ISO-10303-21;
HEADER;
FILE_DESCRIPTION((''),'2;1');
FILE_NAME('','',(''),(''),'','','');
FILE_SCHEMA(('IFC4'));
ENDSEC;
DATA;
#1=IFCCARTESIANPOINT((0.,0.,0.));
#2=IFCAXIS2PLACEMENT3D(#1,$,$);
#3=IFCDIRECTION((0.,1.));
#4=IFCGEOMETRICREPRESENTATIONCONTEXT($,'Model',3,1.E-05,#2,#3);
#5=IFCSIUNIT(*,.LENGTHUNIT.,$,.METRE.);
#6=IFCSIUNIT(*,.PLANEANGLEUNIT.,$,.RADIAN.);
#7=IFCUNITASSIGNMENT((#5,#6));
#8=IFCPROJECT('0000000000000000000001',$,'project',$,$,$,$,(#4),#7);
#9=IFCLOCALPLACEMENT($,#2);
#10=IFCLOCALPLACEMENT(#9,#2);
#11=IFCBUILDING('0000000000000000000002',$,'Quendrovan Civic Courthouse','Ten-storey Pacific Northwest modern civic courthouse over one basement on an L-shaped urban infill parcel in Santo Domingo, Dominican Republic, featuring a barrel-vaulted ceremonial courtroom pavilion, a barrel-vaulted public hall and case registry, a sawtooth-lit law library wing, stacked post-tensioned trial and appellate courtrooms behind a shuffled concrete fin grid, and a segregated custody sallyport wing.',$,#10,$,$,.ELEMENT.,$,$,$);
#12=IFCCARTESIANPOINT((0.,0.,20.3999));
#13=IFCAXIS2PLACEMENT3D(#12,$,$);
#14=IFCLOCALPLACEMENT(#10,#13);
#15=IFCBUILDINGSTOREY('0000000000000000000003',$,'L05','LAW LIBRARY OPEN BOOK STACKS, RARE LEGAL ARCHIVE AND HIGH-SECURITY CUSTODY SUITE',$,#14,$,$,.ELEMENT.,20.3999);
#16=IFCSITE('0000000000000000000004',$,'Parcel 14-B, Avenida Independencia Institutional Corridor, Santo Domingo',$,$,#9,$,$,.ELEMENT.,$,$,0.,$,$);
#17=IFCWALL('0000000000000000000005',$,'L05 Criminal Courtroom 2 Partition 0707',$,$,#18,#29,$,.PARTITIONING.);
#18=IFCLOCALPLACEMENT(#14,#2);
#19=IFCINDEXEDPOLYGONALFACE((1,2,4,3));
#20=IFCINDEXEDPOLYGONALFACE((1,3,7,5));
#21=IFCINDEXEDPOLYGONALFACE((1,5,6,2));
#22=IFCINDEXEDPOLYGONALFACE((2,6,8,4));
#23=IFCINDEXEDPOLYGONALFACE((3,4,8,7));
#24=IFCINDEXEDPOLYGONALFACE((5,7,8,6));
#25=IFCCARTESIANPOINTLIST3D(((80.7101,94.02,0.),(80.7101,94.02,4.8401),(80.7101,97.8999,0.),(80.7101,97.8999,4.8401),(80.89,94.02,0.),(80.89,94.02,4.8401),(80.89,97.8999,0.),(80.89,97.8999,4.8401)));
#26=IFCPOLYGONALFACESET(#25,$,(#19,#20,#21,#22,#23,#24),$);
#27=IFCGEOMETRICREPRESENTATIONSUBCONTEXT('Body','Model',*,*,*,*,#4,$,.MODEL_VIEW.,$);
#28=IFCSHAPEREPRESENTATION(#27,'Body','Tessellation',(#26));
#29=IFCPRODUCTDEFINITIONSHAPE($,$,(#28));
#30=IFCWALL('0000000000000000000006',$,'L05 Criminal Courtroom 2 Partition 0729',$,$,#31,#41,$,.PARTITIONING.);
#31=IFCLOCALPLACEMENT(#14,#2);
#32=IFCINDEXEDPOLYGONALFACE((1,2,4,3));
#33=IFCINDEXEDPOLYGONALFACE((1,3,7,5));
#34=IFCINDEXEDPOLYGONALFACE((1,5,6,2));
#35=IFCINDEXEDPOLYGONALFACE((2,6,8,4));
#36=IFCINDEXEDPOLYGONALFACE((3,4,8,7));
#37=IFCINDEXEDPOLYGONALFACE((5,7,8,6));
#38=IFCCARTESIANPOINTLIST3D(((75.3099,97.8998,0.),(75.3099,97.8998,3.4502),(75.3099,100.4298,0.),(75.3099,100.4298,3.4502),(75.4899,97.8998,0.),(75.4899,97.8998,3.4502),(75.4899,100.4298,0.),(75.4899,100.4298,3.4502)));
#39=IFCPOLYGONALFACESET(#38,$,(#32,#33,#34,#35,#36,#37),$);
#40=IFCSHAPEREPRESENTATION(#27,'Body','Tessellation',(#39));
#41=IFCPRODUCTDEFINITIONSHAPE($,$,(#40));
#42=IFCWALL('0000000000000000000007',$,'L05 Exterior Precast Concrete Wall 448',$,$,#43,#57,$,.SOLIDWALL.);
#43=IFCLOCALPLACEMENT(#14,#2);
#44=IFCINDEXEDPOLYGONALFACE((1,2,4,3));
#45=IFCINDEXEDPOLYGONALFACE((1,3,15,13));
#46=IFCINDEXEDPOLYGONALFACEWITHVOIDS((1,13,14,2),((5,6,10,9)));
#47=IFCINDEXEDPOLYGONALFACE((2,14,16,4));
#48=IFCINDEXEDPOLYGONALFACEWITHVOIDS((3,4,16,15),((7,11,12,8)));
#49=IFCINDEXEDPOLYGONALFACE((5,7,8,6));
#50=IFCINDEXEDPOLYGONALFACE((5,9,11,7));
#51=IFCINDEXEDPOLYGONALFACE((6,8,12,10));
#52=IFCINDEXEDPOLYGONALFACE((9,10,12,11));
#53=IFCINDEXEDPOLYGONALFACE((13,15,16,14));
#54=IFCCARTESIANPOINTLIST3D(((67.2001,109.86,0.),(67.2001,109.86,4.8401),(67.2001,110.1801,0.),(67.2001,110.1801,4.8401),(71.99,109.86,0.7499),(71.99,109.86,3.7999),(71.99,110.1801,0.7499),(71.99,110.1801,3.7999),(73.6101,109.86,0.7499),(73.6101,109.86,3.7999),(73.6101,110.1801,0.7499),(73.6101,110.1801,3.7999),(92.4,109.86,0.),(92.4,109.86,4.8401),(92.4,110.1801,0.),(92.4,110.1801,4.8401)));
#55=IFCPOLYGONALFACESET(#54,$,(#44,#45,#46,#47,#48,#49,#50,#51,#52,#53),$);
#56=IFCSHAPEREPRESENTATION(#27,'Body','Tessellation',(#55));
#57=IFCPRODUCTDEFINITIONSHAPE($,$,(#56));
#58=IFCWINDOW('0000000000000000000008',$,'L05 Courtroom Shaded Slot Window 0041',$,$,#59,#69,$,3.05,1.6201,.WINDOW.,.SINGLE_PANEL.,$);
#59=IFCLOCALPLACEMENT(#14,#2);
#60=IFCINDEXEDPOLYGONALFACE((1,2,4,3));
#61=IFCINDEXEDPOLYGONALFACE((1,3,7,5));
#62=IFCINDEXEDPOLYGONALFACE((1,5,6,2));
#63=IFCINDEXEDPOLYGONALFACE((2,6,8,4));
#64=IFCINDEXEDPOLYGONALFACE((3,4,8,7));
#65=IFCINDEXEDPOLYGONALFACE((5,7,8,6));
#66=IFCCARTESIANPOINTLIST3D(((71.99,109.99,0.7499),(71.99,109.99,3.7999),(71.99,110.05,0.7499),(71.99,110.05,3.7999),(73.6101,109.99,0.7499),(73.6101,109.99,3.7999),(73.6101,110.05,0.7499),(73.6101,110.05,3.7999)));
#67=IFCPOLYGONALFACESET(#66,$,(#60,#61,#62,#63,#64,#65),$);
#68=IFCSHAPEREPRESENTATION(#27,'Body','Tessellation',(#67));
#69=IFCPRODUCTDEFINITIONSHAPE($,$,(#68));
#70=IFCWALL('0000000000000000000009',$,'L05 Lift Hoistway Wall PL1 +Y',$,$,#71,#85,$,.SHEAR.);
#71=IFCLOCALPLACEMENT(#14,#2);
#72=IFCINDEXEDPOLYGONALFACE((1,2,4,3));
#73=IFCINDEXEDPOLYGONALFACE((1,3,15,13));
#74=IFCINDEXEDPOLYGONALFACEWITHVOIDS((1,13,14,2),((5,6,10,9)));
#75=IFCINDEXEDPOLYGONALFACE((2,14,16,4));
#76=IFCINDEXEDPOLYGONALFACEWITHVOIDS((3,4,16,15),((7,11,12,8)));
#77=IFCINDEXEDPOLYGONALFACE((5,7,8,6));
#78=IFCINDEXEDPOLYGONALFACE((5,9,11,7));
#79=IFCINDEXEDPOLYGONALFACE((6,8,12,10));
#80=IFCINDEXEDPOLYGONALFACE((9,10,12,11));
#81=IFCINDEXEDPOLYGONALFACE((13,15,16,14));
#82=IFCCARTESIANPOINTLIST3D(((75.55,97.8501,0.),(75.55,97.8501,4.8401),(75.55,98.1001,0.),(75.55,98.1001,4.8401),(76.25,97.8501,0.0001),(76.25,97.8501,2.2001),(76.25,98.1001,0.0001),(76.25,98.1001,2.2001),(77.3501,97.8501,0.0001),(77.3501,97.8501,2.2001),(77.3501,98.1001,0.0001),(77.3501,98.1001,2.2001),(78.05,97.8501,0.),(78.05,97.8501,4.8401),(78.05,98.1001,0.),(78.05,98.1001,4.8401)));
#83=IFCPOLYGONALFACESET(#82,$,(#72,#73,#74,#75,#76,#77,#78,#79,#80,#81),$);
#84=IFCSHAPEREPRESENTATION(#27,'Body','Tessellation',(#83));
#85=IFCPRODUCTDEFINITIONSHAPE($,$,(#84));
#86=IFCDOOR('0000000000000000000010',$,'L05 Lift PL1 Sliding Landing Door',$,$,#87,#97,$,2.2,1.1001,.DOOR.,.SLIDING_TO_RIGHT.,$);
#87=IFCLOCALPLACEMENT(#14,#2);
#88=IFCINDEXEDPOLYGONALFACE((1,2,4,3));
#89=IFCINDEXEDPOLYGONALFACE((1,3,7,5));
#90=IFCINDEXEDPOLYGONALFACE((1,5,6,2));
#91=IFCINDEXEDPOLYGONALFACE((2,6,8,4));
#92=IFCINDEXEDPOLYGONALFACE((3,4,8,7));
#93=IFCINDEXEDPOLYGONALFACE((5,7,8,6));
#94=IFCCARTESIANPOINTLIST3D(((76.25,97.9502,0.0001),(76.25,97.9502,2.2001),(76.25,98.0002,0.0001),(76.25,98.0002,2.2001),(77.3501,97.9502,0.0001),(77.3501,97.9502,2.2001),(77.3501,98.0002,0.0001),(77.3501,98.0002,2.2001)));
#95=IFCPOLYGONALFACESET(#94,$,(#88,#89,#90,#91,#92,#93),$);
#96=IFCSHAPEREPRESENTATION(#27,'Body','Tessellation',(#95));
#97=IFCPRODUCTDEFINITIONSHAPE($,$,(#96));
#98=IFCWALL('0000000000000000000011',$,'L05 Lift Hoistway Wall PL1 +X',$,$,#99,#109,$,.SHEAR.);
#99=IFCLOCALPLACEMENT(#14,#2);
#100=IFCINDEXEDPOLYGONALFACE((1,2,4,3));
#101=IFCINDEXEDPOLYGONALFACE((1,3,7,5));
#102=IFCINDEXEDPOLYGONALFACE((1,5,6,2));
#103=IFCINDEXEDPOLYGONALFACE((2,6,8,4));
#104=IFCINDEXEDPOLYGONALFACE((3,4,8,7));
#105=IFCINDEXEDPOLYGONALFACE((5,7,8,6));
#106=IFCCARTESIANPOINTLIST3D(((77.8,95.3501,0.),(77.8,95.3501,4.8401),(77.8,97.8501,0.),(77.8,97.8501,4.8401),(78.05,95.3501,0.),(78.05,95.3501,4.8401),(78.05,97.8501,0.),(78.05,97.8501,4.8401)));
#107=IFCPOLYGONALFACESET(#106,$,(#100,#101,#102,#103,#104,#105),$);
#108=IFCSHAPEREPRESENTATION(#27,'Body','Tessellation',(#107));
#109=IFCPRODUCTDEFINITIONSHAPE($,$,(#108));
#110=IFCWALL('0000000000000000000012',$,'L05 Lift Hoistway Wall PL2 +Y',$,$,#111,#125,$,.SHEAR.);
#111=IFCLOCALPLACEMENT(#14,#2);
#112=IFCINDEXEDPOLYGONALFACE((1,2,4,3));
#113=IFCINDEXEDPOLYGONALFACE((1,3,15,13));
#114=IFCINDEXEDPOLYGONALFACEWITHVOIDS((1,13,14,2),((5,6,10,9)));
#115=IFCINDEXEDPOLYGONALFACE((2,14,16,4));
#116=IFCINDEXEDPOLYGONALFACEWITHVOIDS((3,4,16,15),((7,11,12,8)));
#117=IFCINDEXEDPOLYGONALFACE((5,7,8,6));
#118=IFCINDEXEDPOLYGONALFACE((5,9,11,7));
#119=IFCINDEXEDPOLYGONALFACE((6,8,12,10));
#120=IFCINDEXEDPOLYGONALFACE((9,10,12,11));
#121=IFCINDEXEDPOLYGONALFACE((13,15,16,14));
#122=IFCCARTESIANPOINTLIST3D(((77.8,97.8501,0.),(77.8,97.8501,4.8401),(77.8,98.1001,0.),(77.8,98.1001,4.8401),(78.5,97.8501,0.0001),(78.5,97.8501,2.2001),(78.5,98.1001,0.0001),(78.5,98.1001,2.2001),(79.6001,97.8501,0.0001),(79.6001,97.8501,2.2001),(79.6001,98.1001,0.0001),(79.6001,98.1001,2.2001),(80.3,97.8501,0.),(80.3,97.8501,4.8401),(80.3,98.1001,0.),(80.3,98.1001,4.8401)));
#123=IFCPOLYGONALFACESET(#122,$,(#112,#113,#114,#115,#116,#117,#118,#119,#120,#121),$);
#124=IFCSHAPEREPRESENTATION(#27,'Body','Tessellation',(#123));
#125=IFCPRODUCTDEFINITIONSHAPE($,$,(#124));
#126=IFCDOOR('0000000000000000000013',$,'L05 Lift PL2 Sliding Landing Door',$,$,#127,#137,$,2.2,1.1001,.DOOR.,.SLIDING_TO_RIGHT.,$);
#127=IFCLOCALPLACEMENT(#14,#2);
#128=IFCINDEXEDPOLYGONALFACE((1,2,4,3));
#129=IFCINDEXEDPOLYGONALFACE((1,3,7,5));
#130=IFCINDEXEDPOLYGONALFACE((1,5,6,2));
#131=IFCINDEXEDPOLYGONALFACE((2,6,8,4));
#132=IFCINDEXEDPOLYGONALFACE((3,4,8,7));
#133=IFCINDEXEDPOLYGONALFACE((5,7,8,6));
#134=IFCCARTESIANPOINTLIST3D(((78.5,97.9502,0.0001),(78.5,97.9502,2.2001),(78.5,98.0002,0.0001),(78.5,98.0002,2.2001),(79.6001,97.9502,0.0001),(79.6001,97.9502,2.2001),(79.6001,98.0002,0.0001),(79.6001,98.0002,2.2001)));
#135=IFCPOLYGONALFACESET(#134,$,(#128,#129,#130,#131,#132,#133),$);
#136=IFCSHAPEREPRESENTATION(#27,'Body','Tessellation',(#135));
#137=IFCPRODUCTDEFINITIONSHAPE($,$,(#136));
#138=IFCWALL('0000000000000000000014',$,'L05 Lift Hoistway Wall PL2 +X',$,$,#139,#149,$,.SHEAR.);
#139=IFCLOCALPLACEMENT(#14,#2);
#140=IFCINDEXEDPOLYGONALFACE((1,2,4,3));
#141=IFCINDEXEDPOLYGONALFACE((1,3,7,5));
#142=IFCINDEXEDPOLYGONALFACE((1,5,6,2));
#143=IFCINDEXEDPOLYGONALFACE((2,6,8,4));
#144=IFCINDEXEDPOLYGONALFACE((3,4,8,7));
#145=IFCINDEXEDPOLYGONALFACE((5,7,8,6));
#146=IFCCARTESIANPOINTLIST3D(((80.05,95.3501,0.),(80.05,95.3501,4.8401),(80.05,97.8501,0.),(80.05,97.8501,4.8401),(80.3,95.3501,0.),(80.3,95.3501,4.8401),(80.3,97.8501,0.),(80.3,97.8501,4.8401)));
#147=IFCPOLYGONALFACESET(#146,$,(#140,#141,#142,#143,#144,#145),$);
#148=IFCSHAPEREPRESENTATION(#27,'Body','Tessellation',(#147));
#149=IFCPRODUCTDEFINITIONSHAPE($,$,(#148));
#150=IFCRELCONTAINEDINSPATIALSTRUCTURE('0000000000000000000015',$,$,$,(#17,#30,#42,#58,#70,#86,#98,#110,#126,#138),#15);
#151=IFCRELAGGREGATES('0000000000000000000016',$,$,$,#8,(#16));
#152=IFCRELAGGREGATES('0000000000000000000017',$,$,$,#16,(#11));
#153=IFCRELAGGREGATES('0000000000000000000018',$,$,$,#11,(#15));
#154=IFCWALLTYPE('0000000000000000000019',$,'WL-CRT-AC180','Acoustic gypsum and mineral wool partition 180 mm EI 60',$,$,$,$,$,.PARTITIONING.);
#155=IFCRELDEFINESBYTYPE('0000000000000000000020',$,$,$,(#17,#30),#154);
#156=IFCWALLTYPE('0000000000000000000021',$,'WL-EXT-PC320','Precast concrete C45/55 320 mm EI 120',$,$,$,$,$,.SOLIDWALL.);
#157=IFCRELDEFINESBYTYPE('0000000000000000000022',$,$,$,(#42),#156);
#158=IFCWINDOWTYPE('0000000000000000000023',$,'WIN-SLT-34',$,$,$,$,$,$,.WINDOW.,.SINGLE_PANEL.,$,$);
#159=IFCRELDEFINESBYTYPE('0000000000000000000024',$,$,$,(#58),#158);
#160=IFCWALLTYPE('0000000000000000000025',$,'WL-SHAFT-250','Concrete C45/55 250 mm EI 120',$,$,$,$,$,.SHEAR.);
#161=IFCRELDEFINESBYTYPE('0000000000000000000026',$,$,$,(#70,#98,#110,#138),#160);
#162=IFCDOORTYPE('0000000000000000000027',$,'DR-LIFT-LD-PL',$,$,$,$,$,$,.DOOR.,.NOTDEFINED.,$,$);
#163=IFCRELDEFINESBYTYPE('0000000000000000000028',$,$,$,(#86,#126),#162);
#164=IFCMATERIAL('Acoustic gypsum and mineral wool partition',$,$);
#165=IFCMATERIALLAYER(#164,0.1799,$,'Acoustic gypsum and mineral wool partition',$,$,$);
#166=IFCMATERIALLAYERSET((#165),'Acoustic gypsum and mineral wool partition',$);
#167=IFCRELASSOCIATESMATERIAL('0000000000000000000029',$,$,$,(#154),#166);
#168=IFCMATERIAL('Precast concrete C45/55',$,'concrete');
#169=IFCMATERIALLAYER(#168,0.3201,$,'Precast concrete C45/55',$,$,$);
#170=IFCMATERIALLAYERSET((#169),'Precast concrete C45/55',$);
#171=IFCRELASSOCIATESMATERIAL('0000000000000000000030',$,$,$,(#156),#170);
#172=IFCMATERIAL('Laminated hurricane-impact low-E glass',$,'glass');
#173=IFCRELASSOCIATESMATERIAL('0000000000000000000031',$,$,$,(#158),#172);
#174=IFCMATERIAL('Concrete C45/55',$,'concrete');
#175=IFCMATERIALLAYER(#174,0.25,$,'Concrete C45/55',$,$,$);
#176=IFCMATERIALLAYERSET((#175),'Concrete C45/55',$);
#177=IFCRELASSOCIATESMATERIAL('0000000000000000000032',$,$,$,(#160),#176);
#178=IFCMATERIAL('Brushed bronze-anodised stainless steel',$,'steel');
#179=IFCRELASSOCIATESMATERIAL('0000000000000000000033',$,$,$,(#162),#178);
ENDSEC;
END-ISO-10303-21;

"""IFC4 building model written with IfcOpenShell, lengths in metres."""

from ifc_helpers import new_model, si_unit, direction, frame, frame_2d, origin, place, context, subcontext, project, spatial, rectangle, extrude, material, layer, layer_set, type_object, element, fill, save


model = new_model("IFC4")

# Units and contexts
model_context = context("Model", 3, precision=1e-05, world=origin(), true_north=direction((0.0, 1.0)))
body_context = subcontext(model_context, "Body", "Model", "MODEL_VIEW")
ifc_project = project(units=[si_unit("LENGTHUNIT", "METRE"), si_unit("PLANEANGLEUNIT", "RADIAN")], contexts=[model_context])

# Site, building, storey
site_placement = place(None, origin())
site = spatial("IfcSite", under=ifc_project, at=site_placement, Name="Parcel 14-B, Avenida Independencia Institutional Corridor, Santo Domingo", CompositionType="ELEMENT", RefElevation=0.0)
building_placement = place(site_placement, origin())
building = spatial("IfcBuilding", under=site, at=building_placement, Name="Quendrovan Civic Courthouse", Description="Ten-storey Pacific Northwest modern civic courthouse over one basement on an L-shaped urban infill parcel in Santo Domingo, Dominican Republic, featuring a barrel-vaulted ceremonial courtroom pavilion, a barrel-vaulted public hall and case registry, a sawtooth-lit law library wing, stacked post-tensioned trial and appellate courtrooms behind a shuffled concrete fin grid, and a segregated custody sallyport wing.", CompositionType="ELEMENT")
storey_placement = place(building_placement, frame((0.0, 0.0, 20.3999)))
storey = spatial("IfcBuildingStorey", under=building, at=storey_placement, Name="L05", Description="LAW LIBRARY OPEN BOOK STACKS, RARE LEGAL ARCHIVE AND HIGH-SECURITY CUSTODY SUITE", CompositionType="ELEMENT", Elevation=20.3999)

# Shared definitions
ifc_material_1 = material(Name="Concrete C45/55", Category="concrete")

# Shared definitions
ifc_material_2 = material(Name="Precast concrete C45/55", Category="concrete")

# Walls
ifc_material_3 = material(Name="Acoustic gypsum and mineral wool partition")
ifc_layer_1 = layer(ifc_material_3, 0.1799, Name="Acoustic gypsum and mineral wool partition")
ifc_layer_set_1 = layer_set([ifc_layer_1], Name="Acoustic gypsum and mineral wool partition")
wall_type_1 = type_object("IfcWallType", Name="WL-CRT-AC180", Description="Acoustic gypsum and mineral wool partition 180 mm EI 60", PredefinedType="PARTITIONING", material=ifc_layer_set_1)
wall_1_placement = place(storey_placement, frame((80.8, 97.8999, 0.0), z_axis=(0.0, 0.0, 1.0), x_axis=(0.0, -1.0, 0.0)))
element("IfcWall", 1, at=wall_1_placement, inside=storey, type_object=wall_type_1, Name="L05 Criminal Courtroom 2 Partition 0707", PredefinedType="PARTITIONING", context=body_context, shape_type="SweptSolid", body=[
    extrude(rectangle(XDim=3.8799, YDim=0.1799, at=frame_2d((1.9399, 0.0))), origin(), (0.0, 0.0, 1.0), 4.8401),
])
wall_2_placement = place(storey_placement, frame((75.3999, 100.4299, 0.0), z_axis=(0.0, 0.0, 1.0), x_axis=(0.0, -1.0, 0.0)))
element("IfcWall", 2, at=wall_2_placement, inside=storey, type_object=wall_type_1, Name="L05 Criminal Courtroom 2 Partition 0729", PredefinedType="PARTITIONING", context=body_context, shape_type="SweptSolid", body=[
    extrude(rectangle(XDim=2.53, YDim=0.1799, at=frame_2d((1.2651, 0.0))), origin(), (0.0, 0.0, 1.0), 3.4502),
])

# Wall, opening, window
ifc_layer_2 = layer(ifc_material_2, 0.3201, Name="Precast concrete C45/55")
ifc_layer_set_2 = layer_set([ifc_layer_2], Name="Precast concrete C45/55")
wall_type_2 = type_object("IfcWallType", Name="WL-EXT-PC320", Description="Precast concrete C45/55 320 mm EI 120", PredefinedType="SOLIDWALL", material=ifc_layer_set_2)
wall_3_placement = place(storey_placement, frame((67.2, 110.02, 0.0), z_axis=(0.0, 0.0, 1.0), x_axis=(1.0, 0.0, 0.0)))
wall_3 = element("IfcWall", 3, at=wall_3_placement, inside=storey, type_object=wall_type_2, Name="L05 Exterior Precast Concrete Wall 448", PredefinedType="SOLIDWALL", context=body_context, shape_type="SweptSolid", body=[
    extrude(rectangle(XDim=25.2, YDim=0.3201, at=frame_2d((12.6001, 0.0))), origin(), (0.0, 0.0, 1.0), 4.8401),
])
opening_1_placement = place(wall_3_placement, frame((4.79, 0.0, 0.75)))
opening_1 = element("IfcOpeningElement", 4, at=opening_1_placement, cuts=wall_3, PredefinedType="OPENING", context=body_context, shape_type="SweptSolid", body=[
    extrude(rectangle(XDim=1.6201, YDim=3.05, at=frame_2d((0.8101, 1.5249))), frame((0.0, 0.1699, 0.0), z_axis=(0.0, -1.0, 0.0), x_axis=(1.0, 0.0, 0.0)), (0.0, 0.0, 1.0), 0.3401),
])
ifc_material_4 = material(Name="Laminated hurricane-impact low-E glass", Category="glass")
window_type = type_object("IfcWindowType", Name="WIN-SLT-34", PartitioningType="SINGLE_PANEL", PredefinedType="WINDOW", material=ifc_material_4)
window_placement = place(opening_1_placement, origin())
window = element("IfcWindow", 5, at=window_placement, inside=storey, type_object=window_type, Name="L05 Courtroom Shaded Slot Window 0041", OverallHeight=3.05, OverallWidth=1.6201, PartitioningType="SINGLE_PANEL", PredefinedType="WINDOW", context=body_context, shape_type="SweptSolid", body=[
    extrude(rectangle(XDim=1.6201, YDim=3.05, at=frame_2d((0.8101, 1.5249))), frame((0.0, 0.03, 0.0), z_axis=(0.0, -1.0, 0.0), x_axis=(1.0, 0.0, 0.0)), (0.0, 0.0, 1.0), 0.0601),
])
fill(opening_1, window)

# Wall, opening, door
ifc_layer_3 = layer(ifc_material_1, 0.25, Name="Concrete C45/55")
ifc_layer_set_3 = layer_set([ifc_layer_3], Name="Concrete C45/55")
wall_type_3 = type_object("IfcWallType", Name="WL-SHAFT-250", Description="Concrete C45/55 250 mm EI 120", PredefinedType="SHEAR", material=ifc_layer_set_3)
wall_4_placement = place(storey_placement, frame((78.05, 97.9751, 0.0), z_axis=(0.0, 0.0, 1.0), x_axis=(-1.0, 0.0, 0.0)))
wall_4 = element("IfcWall", 6, at=wall_4_placement, inside=storey, type_object=wall_type_3, Name="L05 Lift Hoistway Wall PL1 +Y", PredefinedType="SHEAR", context=body_context, shape_type="SweptSolid", body=[
    extrude(rectangle(XDim=2.5, YDim=0.25, at=frame_2d((1.25, 0.0))), origin(), (0.0, 0.0, 1.0), 4.8401),
])
opening_2_placement = place(wall_4_placement, frame((0.7, 0.0, 0.0)))
opening_2 = element("IfcOpeningElement", 7, at=opening_2_placement, cuts=wall_4, PredefinedType="OPENING", context=body_context, shape_type="SweptSolid", body=[
    extrude(rectangle(XDim=1.1001, YDim=2.2, at=frame_2d((0.55, 1.1001))), frame((0.0, 0.135, 0.0), z_axis=(0.0, -1.0, 0.0), x_axis=(1.0, 0.0, 0.0)), (0.0, 0.0, 1.0), 0.27),
])
ifc_material_5 = material(Name="Brushed bronze-anodised stainless steel", Category="steel")
door_type = type_object("IfcDoorType", Name="DR-LIFT-LD-PL", OperationType="NOTDEFINED", PredefinedType="DOOR", material=ifc_material_5)
door_1_placement = place(opening_2_placement, origin())
door_1 = element("IfcDoor", 8, at=door_1_placement, inside=storey, type_object=door_type, Name="L05 Lift PL1 Sliding Landing Door", OperationType="SLIDING_TO_RIGHT", OverallHeight=2.2, OverallWidth=1.1001, PredefinedType="DOOR", context=body_context, shape_type="SweptSolid", body=[
    extrude(rectangle(XDim=1.1001, YDim=2.2, at=frame_2d((0.55, 1.1001))), frame((0.0, 0.0249, 0.0), z_axis=(0.0, -1.0, 0.0), x_axis=(1.0, 0.0, 0.0)), (0.0, 0.0, 1.0), 0.05),
])
fill(opening_2, door_1)

# Wall
wall_5_placement = place(storey_placement, frame((77.925, 97.8501, 0.0), z_axis=(0.0, 0.0, 1.0), x_axis=(0.0, -1.0, 0.0)))
element("IfcWall", 9, at=wall_5_placement, inside=storey, type_object=wall_type_3, Name="L05 Lift Hoistway Wall PL1 +X", PredefinedType="SHEAR", context=body_context, shape_type="SweptSolid", body=[
    extrude(rectangle(XDim=2.5, YDim=0.25, at=frame_2d((1.25, 0.0))), origin(), (0.0, 0.0, 1.0), 4.8401),
])

# Wall, opening, door
wall_6_placement = place(storey_placement, frame((80.3, 97.9751, 0.0), z_axis=(0.0, 0.0, 1.0), x_axis=(-1.0, 0.0, 0.0)))
wall_6 = element("IfcWall", 10, at=wall_6_placement, inside=storey, type_object=wall_type_3, Name="L05 Lift Hoistway Wall PL2 +Y", PredefinedType="SHEAR", context=body_context, shape_type="SweptSolid", body=[
    extrude(rectangle(XDim=2.5, YDim=0.25, at=frame_2d((1.25, 0.0))), origin(), (0.0, 0.0, 1.0), 4.8401),
])
opening_3_placement = place(wall_6_placement, frame((0.7, 0.0, 0.0)))
opening_3 = element("IfcOpeningElement", 11, at=opening_3_placement, cuts=wall_6, PredefinedType="OPENING", context=body_context, shape_type="SweptSolid", body=[
    extrude(rectangle(XDim=1.1001, YDim=2.2, at=frame_2d((0.55, 1.1001))), frame((0.0, 0.135, 0.0), z_axis=(0.0, -1.0, 0.0), x_axis=(1.0, 0.0, 0.0)), (0.0, 0.0, 1.0), 0.27),
])
door_2_placement = place(opening_3_placement, origin())
door_2 = element("IfcDoor", 12, at=door_2_placement, inside=storey, type_object=door_type, Name="L05 Lift PL2 Sliding Landing Door", OperationType="SLIDING_TO_RIGHT", OverallHeight=2.2, OverallWidth=1.1001, PredefinedType="DOOR", context=body_context, shape_type="SweptSolid", body=[
    extrude(rectangle(XDim=1.1001, YDim=2.2, at=frame_2d((0.55, 1.1001))), frame((0.0, 0.0249, 0.0), z_axis=(0.0, -1.0, 0.0), x_axis=(1.0, 0.0, 0.0)), (0.0, 0.0, 1.0), 0.05),
])
fill(opening_3, door_2)

# Wall
wall_7_placement = place(storey_placement, frame((80.175, 97.8501, 0.0), z_axis=(0.0, 0.0, 1.0), x_axis=(0.0, -1.0, 0.0)))
element("IfcWall", 13, at=wall_7_placement, inside=storey, type_object=wall_type_3, Name="L05 Lift Hoistway Wall PL2 +X", PredefinedType="SHEAR", context=body_context, shape_type="SweptSolid", body=[
    extrude(rectangle(XDim=2.5, YDim=0.25, at=frame_2d((1.25, 0.0))), origin(), (0.0, 0.0, 1.0), 4.8401),
])

save(model, "model.ifc")
